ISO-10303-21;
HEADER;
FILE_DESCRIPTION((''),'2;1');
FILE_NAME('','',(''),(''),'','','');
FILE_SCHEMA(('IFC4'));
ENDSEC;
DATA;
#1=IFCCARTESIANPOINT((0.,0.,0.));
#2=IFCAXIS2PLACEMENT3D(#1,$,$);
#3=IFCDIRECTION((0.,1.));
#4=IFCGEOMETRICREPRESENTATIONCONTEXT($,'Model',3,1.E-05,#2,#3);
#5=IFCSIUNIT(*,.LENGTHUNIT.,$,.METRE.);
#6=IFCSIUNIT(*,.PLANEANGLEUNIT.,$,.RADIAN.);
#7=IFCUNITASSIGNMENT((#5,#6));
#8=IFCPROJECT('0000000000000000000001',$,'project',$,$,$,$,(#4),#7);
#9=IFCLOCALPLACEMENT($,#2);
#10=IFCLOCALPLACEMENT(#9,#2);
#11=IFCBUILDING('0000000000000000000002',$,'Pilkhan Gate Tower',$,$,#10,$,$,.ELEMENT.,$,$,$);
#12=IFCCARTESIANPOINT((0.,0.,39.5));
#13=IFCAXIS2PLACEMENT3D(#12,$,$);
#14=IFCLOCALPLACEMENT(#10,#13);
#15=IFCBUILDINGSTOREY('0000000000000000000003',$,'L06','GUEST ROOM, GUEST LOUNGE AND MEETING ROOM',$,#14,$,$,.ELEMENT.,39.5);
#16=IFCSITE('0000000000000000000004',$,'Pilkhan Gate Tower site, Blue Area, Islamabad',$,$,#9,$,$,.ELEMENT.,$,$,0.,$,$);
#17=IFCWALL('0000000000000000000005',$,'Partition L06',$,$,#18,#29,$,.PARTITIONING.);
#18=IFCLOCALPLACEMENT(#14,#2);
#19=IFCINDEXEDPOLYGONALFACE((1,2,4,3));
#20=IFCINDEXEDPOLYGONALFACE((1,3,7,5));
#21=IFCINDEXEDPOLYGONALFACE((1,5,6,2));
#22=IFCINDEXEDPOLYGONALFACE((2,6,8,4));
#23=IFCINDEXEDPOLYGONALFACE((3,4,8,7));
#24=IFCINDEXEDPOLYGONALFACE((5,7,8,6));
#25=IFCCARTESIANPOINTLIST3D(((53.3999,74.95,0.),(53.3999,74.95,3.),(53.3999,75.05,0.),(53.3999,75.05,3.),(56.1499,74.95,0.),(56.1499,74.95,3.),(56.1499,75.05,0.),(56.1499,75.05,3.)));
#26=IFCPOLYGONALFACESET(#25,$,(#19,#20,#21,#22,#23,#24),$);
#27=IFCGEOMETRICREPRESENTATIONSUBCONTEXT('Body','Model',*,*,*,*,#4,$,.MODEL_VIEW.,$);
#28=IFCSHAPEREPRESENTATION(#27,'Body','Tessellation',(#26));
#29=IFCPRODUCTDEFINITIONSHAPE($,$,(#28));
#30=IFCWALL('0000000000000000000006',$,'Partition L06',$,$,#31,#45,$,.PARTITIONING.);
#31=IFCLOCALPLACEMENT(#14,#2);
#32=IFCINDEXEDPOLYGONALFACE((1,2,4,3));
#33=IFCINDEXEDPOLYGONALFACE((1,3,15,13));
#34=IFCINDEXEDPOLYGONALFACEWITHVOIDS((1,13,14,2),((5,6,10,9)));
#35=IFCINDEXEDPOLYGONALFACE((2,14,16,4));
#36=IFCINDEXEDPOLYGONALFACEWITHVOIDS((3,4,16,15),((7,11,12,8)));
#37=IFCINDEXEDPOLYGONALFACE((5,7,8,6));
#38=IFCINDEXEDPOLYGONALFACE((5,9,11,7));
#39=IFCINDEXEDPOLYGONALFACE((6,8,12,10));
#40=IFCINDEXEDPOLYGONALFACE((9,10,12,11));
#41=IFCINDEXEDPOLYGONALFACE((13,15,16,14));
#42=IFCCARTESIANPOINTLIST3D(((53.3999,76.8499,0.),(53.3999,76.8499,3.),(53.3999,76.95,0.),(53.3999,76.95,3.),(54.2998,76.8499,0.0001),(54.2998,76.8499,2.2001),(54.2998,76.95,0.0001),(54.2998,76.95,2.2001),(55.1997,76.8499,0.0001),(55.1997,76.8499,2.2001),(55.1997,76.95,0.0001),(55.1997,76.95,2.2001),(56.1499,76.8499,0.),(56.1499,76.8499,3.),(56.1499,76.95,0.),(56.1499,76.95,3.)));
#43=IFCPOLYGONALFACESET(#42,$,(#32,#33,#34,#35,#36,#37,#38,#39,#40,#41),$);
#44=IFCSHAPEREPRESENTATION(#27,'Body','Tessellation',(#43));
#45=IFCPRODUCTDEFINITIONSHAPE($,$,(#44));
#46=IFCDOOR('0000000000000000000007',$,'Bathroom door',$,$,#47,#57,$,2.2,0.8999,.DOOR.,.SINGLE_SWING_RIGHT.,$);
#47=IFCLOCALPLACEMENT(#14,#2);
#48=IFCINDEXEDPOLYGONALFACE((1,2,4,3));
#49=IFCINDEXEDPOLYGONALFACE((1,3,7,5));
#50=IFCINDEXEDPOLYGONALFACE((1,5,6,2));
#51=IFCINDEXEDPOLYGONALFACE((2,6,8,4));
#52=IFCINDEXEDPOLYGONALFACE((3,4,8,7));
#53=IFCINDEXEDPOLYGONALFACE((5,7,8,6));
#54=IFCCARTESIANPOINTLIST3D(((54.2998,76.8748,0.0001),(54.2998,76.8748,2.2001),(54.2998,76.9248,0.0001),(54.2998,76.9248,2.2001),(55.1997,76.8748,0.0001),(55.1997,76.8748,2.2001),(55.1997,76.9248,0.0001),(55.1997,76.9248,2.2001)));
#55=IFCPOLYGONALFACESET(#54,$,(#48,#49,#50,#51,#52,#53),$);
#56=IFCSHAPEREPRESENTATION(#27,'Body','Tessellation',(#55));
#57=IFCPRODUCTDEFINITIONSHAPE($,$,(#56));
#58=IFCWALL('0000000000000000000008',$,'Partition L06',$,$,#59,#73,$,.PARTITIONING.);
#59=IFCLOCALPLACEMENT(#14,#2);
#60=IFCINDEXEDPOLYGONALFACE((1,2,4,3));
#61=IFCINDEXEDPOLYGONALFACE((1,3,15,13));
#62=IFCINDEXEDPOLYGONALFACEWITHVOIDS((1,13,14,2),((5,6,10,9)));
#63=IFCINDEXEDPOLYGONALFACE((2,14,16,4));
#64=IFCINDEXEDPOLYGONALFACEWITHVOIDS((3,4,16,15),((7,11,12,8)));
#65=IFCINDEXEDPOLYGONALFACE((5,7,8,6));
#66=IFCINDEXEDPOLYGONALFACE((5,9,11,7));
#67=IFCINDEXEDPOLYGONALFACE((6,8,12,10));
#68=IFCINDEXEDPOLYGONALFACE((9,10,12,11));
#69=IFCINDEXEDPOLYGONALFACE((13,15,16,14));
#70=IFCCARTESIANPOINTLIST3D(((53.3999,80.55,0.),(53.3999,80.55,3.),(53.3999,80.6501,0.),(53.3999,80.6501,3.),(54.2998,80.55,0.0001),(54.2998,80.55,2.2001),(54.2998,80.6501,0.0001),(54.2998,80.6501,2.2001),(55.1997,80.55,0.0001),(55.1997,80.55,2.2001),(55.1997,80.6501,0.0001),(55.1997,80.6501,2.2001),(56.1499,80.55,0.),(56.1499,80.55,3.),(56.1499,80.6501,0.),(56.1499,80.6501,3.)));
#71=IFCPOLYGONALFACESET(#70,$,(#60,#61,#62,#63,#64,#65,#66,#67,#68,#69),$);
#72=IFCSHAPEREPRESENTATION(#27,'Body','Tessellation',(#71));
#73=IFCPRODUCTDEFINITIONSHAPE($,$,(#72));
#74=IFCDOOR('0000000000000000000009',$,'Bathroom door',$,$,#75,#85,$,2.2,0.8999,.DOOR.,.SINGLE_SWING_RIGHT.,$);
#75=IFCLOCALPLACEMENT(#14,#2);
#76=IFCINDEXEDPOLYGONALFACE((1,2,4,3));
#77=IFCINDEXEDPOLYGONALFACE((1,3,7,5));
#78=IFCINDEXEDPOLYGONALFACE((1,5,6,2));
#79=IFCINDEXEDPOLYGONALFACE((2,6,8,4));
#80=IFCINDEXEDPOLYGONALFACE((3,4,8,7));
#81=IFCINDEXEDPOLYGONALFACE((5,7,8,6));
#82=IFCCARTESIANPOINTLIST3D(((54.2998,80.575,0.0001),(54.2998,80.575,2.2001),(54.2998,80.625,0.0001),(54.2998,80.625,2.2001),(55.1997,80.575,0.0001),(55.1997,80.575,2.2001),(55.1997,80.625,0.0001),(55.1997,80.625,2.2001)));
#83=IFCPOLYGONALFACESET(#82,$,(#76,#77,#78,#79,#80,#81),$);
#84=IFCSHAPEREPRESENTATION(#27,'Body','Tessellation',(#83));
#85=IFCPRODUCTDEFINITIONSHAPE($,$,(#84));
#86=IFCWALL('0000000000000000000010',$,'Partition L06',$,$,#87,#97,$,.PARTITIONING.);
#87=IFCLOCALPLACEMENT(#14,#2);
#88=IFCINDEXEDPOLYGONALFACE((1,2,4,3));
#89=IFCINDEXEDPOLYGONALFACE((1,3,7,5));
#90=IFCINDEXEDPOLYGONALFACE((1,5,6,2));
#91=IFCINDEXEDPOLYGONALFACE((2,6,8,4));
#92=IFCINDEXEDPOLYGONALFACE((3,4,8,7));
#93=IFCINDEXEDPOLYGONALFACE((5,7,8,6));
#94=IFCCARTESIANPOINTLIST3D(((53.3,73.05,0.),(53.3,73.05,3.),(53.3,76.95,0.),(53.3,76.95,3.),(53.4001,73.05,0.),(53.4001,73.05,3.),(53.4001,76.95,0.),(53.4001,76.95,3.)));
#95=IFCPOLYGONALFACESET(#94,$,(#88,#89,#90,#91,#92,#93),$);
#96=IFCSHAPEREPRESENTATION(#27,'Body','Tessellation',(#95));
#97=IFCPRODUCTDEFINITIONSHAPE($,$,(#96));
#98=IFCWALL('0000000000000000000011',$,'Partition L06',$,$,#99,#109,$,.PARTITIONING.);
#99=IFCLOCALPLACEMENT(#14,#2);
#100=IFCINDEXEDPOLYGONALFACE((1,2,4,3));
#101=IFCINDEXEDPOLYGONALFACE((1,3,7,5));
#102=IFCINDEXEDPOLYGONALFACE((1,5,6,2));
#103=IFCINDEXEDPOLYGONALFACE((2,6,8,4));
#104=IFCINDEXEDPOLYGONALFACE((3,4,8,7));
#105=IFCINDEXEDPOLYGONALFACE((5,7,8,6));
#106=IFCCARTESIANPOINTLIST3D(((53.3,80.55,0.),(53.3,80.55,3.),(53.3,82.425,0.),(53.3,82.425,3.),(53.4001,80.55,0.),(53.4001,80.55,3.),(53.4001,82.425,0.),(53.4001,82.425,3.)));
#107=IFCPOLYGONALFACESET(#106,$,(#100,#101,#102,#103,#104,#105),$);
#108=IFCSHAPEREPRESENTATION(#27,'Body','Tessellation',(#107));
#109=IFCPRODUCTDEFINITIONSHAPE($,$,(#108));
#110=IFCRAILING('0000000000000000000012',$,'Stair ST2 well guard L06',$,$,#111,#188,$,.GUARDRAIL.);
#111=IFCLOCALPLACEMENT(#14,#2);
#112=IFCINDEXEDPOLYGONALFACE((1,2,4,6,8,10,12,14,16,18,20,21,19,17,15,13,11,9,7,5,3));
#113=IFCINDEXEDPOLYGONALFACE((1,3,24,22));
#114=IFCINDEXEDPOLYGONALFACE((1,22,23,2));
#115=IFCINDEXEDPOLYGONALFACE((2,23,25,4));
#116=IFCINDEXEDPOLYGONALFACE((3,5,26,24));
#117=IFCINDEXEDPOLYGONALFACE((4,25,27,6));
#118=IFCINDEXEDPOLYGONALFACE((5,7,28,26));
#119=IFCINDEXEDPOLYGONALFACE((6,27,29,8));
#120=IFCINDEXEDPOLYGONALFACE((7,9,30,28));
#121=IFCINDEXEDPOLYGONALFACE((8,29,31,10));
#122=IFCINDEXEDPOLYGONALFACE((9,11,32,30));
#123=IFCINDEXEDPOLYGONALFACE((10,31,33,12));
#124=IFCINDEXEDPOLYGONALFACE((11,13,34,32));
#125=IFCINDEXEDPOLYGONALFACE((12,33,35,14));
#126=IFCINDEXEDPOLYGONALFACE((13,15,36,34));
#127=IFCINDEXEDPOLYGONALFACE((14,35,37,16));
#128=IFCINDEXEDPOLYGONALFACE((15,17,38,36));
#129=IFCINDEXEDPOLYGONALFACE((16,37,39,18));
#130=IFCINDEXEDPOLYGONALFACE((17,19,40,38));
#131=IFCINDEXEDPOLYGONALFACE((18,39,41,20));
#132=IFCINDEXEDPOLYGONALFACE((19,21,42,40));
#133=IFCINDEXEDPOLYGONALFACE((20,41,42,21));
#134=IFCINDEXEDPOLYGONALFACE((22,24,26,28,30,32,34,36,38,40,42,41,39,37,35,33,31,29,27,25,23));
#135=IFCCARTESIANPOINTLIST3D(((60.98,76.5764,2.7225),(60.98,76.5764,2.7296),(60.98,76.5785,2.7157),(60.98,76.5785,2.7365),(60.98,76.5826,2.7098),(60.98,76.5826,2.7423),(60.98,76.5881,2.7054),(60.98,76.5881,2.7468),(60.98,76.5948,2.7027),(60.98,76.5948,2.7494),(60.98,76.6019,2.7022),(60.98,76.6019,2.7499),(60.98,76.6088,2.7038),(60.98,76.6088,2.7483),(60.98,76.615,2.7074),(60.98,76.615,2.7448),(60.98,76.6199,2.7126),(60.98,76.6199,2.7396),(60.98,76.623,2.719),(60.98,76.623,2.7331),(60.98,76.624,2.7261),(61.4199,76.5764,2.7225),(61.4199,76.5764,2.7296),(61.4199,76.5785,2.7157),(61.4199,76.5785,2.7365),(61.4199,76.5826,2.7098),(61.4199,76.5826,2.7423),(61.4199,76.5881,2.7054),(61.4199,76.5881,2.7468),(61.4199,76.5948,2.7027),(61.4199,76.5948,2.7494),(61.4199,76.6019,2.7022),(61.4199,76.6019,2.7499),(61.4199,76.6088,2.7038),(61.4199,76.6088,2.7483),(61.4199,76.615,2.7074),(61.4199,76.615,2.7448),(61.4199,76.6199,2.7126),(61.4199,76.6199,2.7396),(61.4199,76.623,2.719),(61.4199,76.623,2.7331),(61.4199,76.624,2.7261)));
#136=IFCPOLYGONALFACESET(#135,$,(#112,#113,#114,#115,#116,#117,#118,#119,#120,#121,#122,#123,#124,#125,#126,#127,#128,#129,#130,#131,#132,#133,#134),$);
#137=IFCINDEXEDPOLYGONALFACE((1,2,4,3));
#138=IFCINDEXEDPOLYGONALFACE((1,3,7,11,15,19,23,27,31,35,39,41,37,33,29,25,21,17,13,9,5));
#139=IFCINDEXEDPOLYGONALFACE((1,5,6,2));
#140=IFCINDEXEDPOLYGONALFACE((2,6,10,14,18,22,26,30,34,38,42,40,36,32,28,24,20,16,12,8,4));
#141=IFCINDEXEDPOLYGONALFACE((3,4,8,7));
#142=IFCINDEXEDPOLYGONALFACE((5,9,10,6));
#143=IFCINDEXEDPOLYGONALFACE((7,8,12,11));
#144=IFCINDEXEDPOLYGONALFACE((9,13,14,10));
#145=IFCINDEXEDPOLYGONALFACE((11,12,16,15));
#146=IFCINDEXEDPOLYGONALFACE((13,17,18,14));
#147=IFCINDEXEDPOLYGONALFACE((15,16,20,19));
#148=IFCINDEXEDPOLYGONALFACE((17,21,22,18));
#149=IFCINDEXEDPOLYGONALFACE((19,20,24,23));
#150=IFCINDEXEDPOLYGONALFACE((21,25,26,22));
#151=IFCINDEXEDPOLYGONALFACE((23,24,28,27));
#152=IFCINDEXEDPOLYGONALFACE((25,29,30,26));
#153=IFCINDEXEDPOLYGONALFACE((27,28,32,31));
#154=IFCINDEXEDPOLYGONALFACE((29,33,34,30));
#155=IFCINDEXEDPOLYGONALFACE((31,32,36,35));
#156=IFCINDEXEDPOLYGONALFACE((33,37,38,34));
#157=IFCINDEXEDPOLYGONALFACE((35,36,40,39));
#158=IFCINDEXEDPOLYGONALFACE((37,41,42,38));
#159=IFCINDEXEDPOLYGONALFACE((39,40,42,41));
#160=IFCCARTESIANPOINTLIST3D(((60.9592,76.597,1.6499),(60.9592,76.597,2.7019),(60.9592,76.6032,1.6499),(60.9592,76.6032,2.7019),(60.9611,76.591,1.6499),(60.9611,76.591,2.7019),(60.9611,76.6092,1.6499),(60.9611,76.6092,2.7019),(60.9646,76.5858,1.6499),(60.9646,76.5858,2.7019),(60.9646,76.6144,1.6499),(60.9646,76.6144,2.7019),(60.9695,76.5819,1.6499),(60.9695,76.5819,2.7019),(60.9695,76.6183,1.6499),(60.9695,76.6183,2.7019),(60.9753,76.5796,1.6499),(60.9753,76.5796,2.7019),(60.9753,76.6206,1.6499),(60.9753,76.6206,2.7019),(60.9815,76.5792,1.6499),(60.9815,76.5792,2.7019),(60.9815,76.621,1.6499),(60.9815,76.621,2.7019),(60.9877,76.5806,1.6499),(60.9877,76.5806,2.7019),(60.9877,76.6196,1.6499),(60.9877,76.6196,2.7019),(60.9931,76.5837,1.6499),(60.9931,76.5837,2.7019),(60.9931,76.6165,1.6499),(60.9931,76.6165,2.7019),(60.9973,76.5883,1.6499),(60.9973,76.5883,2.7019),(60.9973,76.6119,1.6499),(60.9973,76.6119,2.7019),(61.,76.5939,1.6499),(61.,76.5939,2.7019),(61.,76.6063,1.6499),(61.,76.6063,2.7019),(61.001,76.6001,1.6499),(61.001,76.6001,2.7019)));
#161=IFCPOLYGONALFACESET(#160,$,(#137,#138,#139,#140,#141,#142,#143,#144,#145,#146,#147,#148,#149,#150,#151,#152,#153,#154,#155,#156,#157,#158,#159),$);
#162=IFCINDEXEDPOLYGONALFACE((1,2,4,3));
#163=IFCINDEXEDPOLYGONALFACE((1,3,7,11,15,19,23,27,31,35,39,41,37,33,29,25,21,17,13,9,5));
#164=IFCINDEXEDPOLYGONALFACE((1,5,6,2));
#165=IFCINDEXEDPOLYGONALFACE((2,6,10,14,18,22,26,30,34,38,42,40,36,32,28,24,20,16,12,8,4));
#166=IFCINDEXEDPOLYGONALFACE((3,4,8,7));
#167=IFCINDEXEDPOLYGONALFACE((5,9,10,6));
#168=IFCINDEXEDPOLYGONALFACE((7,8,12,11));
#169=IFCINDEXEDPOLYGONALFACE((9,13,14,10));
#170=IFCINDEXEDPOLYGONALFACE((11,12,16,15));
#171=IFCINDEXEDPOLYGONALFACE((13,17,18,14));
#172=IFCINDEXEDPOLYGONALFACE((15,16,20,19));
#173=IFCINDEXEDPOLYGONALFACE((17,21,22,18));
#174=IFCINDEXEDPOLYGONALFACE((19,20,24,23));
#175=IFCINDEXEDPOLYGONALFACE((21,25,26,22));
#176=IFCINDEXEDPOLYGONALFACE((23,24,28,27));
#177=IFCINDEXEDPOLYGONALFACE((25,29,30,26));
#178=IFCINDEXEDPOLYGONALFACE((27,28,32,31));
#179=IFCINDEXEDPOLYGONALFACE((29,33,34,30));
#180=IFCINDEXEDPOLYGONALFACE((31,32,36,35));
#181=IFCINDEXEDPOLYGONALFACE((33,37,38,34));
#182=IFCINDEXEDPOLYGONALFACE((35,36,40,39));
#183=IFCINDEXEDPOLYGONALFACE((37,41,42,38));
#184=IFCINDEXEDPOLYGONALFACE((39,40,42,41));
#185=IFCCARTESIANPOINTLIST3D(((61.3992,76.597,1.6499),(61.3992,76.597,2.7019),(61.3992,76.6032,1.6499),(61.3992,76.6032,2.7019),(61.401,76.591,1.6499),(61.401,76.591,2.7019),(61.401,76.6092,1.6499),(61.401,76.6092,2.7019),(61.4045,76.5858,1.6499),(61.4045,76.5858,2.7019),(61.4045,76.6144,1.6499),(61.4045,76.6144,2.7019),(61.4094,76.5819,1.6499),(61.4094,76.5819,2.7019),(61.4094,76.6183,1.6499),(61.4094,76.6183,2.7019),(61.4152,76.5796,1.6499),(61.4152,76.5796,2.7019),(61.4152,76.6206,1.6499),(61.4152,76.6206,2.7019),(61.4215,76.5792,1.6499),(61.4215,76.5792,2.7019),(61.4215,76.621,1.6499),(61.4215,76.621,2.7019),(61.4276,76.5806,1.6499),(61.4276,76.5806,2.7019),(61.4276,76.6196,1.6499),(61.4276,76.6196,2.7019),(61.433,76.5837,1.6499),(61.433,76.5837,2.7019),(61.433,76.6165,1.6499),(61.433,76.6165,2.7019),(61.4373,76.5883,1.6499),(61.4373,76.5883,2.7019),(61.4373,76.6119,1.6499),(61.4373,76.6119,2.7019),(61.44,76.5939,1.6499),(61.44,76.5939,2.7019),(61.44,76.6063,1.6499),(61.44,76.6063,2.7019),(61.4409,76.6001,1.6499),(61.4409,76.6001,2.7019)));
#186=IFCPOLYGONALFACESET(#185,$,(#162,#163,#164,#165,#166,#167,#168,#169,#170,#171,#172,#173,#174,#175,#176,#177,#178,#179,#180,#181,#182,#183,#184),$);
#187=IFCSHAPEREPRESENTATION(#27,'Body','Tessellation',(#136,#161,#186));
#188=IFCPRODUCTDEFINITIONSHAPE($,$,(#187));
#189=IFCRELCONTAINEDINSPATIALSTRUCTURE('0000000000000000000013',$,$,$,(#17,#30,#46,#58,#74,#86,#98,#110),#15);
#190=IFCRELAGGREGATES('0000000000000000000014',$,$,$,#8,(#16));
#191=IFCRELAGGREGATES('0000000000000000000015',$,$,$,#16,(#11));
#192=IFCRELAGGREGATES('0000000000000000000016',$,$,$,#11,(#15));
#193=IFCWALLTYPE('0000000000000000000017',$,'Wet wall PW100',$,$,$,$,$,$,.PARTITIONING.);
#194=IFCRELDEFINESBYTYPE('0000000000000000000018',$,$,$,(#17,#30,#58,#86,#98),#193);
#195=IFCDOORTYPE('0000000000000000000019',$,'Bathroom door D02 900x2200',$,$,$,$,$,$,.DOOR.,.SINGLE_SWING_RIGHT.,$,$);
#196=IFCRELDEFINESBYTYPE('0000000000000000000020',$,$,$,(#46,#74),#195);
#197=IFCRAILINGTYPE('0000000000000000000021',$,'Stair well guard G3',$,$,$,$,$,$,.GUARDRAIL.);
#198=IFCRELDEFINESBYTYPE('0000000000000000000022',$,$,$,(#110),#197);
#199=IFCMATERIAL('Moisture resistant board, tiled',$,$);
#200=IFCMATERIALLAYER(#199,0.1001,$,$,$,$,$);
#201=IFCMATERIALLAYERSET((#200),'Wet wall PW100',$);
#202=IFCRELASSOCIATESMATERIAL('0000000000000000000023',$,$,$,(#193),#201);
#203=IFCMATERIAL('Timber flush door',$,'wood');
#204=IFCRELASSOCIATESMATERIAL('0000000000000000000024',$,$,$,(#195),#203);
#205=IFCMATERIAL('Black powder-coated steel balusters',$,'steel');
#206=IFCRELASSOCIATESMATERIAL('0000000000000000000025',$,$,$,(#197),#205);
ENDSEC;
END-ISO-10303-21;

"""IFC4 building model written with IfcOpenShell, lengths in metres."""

from ifc_helpers import new_model, si_unit, direction, frame, frame_2d, origin, origin_2d, place, context, subcontext, project, spatial, rectangle, circle, extrude, material, layer, layer_set, type_object, element, fill, save


model = new_model("IFC4")

# Units and contexts
model_context = context("Model", 3, precision=1e-05, world=origin(), true_north=direction((0.0, 1.0)))
body_context = subcontext(model_context, "Body", "Model", "MODEL_VIEW")
ifc_project = project(units=[si_unit("LENGTHUNIT", "METRE"), si_unit("PLANEANGLEUNIT", "RADIAN")], contexts=[model_context])

# Site, building, storey
site_placement = place(None, origin())
site = spatial("IfcSite", under=ifc_project, at=site_placement, Name="Pilkhan Gate Tower site, Blue Area, Islamabad", CompositionType="ELEMENT", RefElevation=0.0)
building_placement = place(site_placement, origin())
building = spatial("IfcBuilding", under=site, at=building_placement, Name="Pilkhan Gate Tower", CompositionType="ELEMENT")
storey_placement = place(building_placement, frame((0.0, 0.0, 39.5)))
storey = spatial("IfcBuildingStorey", under=building, at=storey_placement, Name="L06", Description="GUEST ROOM, GUEST LOUNGE AND MEETING ROOM", CompositionType="ELEMENT", Elevation=39.5)

# Shared definitions
ifc_material_1 = material(Name="Moisture resistant board, tiled")
ifc_layer_1 = layer(ifc_material_1, 0.1001)
ifc_layer_set_1 = layer_set([ifc_layer_1], Name="Wet wall PW100")
wall_type_1 = type_object("IfcWallType", Name="Wet wall PW100", PredefinedType="PARTITIONING", material=ifc_layer_set_1)

# Shared definitions
ifc_material_2 = material(Name="Timber flush door", Category="wood")
door_type = type_object("IfcDoorType", Name="Bathroom door D02 900x2200", OperationType="SINGLE_SWING_RIGHT", PredefinedType="DOOR", material=ifc_material_2)

# Wall
wall_1_placement = place(storey_placement, frame((53.3999, 75.0, 0.0), z_axis=(0.0, 0.0, 1.0), x_axis=(1.0, 0.0, 0.0)))
element("IfcWall", 1, at=wall_1_placement, inside=storey, type_object=wall_type_1, Name="Partition L06", PredefinedType="PARTITIONING", context=body_context, shape_type="SweptSolid", body=[
    extrude(rectangle(XDim=2.75, YDim=0.1001, at=frame_2d((1.375, 0.0))), origin(), (0.0, 0.0, 1.0), 3.0),
])

# Walls, openings, doors
wall_2_placement = place(storey_placement, frame((53.3999, 76.8999, 0.0), z_axis=(0.0, 0.0, 1.0), x_axis=(1.0, 0.0, 0.0)))
wall_2 = element("IfcWall", 2, at=wall_2_placement, inside=storey, type_object=wall_type_1, Name="Partition L06", PredefinedType="PARTITIONING", context=body_context, shape_type="SweptSolid", body=[
    extrude(rectangle(XDim=2.75, YDim=0.1001, at=frame_2d((1.375, 0.0))), origin(), (0.0, 0.0, 1.0), 3.0),
])
opening_1_placement = place(wall_2_placement, frame((0.8999, 0.0, 0.0)))
opening_1 = element("IfcOpeningElement", 3, at=opening_1_placement, cuts=wall_2, PredefinedType="OPENING", context=body_context, shape_type="SweptSolid", body=[
    extrude(rectangle(XDim=0.8999, YDim=2.2, at=frame_2d((0.45, 1.1001))), frame((0.0, 0.0601, 0.0), z_axis=(0.0, -1.0, 0.0), x_axis=(1.0, 0.0, 0.0)), (0.0, 0.0, 1.0), 0.1201),
])
door_1_placement = place(opening_1_placement, origin())
door_1 = element("IfcDoor", 4, at=door_1_placement, inside=storey, type_object=door_type, Name="Bathroom door", OperationType="SINGLE_SWING_RIGHT", OverallHeight=2.2, OverallWidth=0.8999, PredefinedType="DOOR", context=body_context, shape_type="SweptSolid", body=[
    extrude(rectangle(XDim=0.8999, YDim=2.2, at=frame_2d((0.45, 1.1001))), frame((0.0, 0.0249, 0.0), z_axis=(0.0, -1.0, 0.0), x_axis=(1.0, 0.0, 0.0)), (0.0, 0.0, 1.0), 0.05),
])
fill(opening_1, door_1)
wall_3_placement = place(storey_placement, frame((53.3999, 80.6001, 0.0), z_axis=(0.0, 0.0, 1.0), x_axis=(1.0, 0.0, 0.0)))
wall_3 = element("IfcWall", 5, at=wall_3_placement, inside=storey, type_object=wall_type_1, Name="Partition L06", PredefinedType="PARTITIONING", context=body_context, shape_type="SweptSolid", body=[
    extrude(rectangle(XDim=2.75, YDim=0.1001, at=frame_2d((1.375, 0.0))), origin(), (0.0, 0.0, 1.0), 3.0),
])
opening_2_placement = place(wall_3_placement, frame((0.8999, 0.0, 0.0)))
opening_2 = element("IfcOpeningElement", 6, at=opening_2_placement, cuts=wall_3, PredefinedType="OPENING", context=body_context, shape_type="SweptSolid", body=[
    extrude(rectangle(XDim=0.8999, YDim=2.2, at=frame_2d((0.45, 1.1001))), frame((0.0, 0.0601, 0.0), z_axis=(0.0, -1.0, 0.0), x_axis=(1.0, 0.0, 0.0)), (0.0, 0.0, 1.0), 0.1201),
])
door_2_placement = place(opening_2_placement, origin())
door_2 = element("IfcDoor", 7, at=door_2_placement, inside=storey, type_object=door_type, Name="Bathroom door", OperationType="SINGLE_SWING_RIGHT", OverallHeight=2.2, OverallWidth=0.8999, PredefinedType="DOOR", context=body_context, shape_type="SweptSolid", body=[
    extrude(rectangle(XDim=0.8999, YDim=2.2, at=frame_2d((0.45, 1.1001))), frame((0.0, 0.0249, 0.0), z_axis=(0.0, -1.0, 0.0), x_axis=(1.0, 0.0, 0.0)), (0.0, 0.0, 1.0), 0.05),
])
fill(opening_2, door_2)

# Walls
wall_4_placement = place(storey_placement, frame((53.3501, 73.05, 0.0), z_axis=(0.0, 0.0, 1.0), x_axis=(0.0, 1.0, 0.0)))
element("IfcWall", 8, at=wall_4_placement, inside=storey, type_object=wall_type_1, Name="Partition L06", PredefinedType="PARTITIONING", context=body_context, shape_type="SweptSolid", body=[
    extrude(rectangle(XDim=3.8999, YDim=0.1001, at=frame_2d((1.95, 0.0))), origin(), (0.0, 0.0, 1.0), 3.0),
])
wall_5_placement = place(storey_placement, frame((53.3501, 80.55, 0.0), z_axis=(0.0, 0.0, 1.0), x_axis=(0.0, 1.0, 0.0)))
element("IfcWall", 9, at=wall_5_placement, inside=storey, type_object=wall_type_1, Name="Partition L06", PredefinedType="PARTITIONING", context=body_context, shape_type="SweptSolid", body=[
    extrude(rectangle(XDim=1.875, YDim=0.1001, at=frame_2d((0.9375, 0.0))), origin(), (0.0, 0.0, 1.0), 3.0),
])

# Railing
ifc_material_3 = material(Name="Black powder-coated steel balusters", Category="steel")
railing_type = type_object("IfcRailingType", Name="Stair well guard G3", PredefinedType="GUARDRAIL", material=ifc_material_3)
railing_placement = place(storey_placement, frame((60.98, 76.6001, 1.6499)))
element("IfcRailing", 10, at=railing_placement, inside=storey, type_object=railing_type, Name="Stair ST2 well guard L06", PredefinedType="GUARDRAIL", context=body_context, shape_type="SweptSolid", body=[
    extrude(circle(Radius=0.0239, at=origin_2d()), frame((0.0, 0.0, 1.0762), z_axis=(1.0, 0.0, 0.0), x_axis=(0.0, 1.0, 0.0)), (0.0, 0.0, 1.0), 0.4399),
    extrude(circle(Radius=0.021, at=origin_2d()), origin(), (0.0, 0.0, 1.0), 1.052),
    extrude(circle(Radius=0.021, at=origin_2d()), frame((0.4399, 0.0, 0.0)), (0.0, 0.0, 1.0), 1.052),
])

save(model, "model.ifc")
